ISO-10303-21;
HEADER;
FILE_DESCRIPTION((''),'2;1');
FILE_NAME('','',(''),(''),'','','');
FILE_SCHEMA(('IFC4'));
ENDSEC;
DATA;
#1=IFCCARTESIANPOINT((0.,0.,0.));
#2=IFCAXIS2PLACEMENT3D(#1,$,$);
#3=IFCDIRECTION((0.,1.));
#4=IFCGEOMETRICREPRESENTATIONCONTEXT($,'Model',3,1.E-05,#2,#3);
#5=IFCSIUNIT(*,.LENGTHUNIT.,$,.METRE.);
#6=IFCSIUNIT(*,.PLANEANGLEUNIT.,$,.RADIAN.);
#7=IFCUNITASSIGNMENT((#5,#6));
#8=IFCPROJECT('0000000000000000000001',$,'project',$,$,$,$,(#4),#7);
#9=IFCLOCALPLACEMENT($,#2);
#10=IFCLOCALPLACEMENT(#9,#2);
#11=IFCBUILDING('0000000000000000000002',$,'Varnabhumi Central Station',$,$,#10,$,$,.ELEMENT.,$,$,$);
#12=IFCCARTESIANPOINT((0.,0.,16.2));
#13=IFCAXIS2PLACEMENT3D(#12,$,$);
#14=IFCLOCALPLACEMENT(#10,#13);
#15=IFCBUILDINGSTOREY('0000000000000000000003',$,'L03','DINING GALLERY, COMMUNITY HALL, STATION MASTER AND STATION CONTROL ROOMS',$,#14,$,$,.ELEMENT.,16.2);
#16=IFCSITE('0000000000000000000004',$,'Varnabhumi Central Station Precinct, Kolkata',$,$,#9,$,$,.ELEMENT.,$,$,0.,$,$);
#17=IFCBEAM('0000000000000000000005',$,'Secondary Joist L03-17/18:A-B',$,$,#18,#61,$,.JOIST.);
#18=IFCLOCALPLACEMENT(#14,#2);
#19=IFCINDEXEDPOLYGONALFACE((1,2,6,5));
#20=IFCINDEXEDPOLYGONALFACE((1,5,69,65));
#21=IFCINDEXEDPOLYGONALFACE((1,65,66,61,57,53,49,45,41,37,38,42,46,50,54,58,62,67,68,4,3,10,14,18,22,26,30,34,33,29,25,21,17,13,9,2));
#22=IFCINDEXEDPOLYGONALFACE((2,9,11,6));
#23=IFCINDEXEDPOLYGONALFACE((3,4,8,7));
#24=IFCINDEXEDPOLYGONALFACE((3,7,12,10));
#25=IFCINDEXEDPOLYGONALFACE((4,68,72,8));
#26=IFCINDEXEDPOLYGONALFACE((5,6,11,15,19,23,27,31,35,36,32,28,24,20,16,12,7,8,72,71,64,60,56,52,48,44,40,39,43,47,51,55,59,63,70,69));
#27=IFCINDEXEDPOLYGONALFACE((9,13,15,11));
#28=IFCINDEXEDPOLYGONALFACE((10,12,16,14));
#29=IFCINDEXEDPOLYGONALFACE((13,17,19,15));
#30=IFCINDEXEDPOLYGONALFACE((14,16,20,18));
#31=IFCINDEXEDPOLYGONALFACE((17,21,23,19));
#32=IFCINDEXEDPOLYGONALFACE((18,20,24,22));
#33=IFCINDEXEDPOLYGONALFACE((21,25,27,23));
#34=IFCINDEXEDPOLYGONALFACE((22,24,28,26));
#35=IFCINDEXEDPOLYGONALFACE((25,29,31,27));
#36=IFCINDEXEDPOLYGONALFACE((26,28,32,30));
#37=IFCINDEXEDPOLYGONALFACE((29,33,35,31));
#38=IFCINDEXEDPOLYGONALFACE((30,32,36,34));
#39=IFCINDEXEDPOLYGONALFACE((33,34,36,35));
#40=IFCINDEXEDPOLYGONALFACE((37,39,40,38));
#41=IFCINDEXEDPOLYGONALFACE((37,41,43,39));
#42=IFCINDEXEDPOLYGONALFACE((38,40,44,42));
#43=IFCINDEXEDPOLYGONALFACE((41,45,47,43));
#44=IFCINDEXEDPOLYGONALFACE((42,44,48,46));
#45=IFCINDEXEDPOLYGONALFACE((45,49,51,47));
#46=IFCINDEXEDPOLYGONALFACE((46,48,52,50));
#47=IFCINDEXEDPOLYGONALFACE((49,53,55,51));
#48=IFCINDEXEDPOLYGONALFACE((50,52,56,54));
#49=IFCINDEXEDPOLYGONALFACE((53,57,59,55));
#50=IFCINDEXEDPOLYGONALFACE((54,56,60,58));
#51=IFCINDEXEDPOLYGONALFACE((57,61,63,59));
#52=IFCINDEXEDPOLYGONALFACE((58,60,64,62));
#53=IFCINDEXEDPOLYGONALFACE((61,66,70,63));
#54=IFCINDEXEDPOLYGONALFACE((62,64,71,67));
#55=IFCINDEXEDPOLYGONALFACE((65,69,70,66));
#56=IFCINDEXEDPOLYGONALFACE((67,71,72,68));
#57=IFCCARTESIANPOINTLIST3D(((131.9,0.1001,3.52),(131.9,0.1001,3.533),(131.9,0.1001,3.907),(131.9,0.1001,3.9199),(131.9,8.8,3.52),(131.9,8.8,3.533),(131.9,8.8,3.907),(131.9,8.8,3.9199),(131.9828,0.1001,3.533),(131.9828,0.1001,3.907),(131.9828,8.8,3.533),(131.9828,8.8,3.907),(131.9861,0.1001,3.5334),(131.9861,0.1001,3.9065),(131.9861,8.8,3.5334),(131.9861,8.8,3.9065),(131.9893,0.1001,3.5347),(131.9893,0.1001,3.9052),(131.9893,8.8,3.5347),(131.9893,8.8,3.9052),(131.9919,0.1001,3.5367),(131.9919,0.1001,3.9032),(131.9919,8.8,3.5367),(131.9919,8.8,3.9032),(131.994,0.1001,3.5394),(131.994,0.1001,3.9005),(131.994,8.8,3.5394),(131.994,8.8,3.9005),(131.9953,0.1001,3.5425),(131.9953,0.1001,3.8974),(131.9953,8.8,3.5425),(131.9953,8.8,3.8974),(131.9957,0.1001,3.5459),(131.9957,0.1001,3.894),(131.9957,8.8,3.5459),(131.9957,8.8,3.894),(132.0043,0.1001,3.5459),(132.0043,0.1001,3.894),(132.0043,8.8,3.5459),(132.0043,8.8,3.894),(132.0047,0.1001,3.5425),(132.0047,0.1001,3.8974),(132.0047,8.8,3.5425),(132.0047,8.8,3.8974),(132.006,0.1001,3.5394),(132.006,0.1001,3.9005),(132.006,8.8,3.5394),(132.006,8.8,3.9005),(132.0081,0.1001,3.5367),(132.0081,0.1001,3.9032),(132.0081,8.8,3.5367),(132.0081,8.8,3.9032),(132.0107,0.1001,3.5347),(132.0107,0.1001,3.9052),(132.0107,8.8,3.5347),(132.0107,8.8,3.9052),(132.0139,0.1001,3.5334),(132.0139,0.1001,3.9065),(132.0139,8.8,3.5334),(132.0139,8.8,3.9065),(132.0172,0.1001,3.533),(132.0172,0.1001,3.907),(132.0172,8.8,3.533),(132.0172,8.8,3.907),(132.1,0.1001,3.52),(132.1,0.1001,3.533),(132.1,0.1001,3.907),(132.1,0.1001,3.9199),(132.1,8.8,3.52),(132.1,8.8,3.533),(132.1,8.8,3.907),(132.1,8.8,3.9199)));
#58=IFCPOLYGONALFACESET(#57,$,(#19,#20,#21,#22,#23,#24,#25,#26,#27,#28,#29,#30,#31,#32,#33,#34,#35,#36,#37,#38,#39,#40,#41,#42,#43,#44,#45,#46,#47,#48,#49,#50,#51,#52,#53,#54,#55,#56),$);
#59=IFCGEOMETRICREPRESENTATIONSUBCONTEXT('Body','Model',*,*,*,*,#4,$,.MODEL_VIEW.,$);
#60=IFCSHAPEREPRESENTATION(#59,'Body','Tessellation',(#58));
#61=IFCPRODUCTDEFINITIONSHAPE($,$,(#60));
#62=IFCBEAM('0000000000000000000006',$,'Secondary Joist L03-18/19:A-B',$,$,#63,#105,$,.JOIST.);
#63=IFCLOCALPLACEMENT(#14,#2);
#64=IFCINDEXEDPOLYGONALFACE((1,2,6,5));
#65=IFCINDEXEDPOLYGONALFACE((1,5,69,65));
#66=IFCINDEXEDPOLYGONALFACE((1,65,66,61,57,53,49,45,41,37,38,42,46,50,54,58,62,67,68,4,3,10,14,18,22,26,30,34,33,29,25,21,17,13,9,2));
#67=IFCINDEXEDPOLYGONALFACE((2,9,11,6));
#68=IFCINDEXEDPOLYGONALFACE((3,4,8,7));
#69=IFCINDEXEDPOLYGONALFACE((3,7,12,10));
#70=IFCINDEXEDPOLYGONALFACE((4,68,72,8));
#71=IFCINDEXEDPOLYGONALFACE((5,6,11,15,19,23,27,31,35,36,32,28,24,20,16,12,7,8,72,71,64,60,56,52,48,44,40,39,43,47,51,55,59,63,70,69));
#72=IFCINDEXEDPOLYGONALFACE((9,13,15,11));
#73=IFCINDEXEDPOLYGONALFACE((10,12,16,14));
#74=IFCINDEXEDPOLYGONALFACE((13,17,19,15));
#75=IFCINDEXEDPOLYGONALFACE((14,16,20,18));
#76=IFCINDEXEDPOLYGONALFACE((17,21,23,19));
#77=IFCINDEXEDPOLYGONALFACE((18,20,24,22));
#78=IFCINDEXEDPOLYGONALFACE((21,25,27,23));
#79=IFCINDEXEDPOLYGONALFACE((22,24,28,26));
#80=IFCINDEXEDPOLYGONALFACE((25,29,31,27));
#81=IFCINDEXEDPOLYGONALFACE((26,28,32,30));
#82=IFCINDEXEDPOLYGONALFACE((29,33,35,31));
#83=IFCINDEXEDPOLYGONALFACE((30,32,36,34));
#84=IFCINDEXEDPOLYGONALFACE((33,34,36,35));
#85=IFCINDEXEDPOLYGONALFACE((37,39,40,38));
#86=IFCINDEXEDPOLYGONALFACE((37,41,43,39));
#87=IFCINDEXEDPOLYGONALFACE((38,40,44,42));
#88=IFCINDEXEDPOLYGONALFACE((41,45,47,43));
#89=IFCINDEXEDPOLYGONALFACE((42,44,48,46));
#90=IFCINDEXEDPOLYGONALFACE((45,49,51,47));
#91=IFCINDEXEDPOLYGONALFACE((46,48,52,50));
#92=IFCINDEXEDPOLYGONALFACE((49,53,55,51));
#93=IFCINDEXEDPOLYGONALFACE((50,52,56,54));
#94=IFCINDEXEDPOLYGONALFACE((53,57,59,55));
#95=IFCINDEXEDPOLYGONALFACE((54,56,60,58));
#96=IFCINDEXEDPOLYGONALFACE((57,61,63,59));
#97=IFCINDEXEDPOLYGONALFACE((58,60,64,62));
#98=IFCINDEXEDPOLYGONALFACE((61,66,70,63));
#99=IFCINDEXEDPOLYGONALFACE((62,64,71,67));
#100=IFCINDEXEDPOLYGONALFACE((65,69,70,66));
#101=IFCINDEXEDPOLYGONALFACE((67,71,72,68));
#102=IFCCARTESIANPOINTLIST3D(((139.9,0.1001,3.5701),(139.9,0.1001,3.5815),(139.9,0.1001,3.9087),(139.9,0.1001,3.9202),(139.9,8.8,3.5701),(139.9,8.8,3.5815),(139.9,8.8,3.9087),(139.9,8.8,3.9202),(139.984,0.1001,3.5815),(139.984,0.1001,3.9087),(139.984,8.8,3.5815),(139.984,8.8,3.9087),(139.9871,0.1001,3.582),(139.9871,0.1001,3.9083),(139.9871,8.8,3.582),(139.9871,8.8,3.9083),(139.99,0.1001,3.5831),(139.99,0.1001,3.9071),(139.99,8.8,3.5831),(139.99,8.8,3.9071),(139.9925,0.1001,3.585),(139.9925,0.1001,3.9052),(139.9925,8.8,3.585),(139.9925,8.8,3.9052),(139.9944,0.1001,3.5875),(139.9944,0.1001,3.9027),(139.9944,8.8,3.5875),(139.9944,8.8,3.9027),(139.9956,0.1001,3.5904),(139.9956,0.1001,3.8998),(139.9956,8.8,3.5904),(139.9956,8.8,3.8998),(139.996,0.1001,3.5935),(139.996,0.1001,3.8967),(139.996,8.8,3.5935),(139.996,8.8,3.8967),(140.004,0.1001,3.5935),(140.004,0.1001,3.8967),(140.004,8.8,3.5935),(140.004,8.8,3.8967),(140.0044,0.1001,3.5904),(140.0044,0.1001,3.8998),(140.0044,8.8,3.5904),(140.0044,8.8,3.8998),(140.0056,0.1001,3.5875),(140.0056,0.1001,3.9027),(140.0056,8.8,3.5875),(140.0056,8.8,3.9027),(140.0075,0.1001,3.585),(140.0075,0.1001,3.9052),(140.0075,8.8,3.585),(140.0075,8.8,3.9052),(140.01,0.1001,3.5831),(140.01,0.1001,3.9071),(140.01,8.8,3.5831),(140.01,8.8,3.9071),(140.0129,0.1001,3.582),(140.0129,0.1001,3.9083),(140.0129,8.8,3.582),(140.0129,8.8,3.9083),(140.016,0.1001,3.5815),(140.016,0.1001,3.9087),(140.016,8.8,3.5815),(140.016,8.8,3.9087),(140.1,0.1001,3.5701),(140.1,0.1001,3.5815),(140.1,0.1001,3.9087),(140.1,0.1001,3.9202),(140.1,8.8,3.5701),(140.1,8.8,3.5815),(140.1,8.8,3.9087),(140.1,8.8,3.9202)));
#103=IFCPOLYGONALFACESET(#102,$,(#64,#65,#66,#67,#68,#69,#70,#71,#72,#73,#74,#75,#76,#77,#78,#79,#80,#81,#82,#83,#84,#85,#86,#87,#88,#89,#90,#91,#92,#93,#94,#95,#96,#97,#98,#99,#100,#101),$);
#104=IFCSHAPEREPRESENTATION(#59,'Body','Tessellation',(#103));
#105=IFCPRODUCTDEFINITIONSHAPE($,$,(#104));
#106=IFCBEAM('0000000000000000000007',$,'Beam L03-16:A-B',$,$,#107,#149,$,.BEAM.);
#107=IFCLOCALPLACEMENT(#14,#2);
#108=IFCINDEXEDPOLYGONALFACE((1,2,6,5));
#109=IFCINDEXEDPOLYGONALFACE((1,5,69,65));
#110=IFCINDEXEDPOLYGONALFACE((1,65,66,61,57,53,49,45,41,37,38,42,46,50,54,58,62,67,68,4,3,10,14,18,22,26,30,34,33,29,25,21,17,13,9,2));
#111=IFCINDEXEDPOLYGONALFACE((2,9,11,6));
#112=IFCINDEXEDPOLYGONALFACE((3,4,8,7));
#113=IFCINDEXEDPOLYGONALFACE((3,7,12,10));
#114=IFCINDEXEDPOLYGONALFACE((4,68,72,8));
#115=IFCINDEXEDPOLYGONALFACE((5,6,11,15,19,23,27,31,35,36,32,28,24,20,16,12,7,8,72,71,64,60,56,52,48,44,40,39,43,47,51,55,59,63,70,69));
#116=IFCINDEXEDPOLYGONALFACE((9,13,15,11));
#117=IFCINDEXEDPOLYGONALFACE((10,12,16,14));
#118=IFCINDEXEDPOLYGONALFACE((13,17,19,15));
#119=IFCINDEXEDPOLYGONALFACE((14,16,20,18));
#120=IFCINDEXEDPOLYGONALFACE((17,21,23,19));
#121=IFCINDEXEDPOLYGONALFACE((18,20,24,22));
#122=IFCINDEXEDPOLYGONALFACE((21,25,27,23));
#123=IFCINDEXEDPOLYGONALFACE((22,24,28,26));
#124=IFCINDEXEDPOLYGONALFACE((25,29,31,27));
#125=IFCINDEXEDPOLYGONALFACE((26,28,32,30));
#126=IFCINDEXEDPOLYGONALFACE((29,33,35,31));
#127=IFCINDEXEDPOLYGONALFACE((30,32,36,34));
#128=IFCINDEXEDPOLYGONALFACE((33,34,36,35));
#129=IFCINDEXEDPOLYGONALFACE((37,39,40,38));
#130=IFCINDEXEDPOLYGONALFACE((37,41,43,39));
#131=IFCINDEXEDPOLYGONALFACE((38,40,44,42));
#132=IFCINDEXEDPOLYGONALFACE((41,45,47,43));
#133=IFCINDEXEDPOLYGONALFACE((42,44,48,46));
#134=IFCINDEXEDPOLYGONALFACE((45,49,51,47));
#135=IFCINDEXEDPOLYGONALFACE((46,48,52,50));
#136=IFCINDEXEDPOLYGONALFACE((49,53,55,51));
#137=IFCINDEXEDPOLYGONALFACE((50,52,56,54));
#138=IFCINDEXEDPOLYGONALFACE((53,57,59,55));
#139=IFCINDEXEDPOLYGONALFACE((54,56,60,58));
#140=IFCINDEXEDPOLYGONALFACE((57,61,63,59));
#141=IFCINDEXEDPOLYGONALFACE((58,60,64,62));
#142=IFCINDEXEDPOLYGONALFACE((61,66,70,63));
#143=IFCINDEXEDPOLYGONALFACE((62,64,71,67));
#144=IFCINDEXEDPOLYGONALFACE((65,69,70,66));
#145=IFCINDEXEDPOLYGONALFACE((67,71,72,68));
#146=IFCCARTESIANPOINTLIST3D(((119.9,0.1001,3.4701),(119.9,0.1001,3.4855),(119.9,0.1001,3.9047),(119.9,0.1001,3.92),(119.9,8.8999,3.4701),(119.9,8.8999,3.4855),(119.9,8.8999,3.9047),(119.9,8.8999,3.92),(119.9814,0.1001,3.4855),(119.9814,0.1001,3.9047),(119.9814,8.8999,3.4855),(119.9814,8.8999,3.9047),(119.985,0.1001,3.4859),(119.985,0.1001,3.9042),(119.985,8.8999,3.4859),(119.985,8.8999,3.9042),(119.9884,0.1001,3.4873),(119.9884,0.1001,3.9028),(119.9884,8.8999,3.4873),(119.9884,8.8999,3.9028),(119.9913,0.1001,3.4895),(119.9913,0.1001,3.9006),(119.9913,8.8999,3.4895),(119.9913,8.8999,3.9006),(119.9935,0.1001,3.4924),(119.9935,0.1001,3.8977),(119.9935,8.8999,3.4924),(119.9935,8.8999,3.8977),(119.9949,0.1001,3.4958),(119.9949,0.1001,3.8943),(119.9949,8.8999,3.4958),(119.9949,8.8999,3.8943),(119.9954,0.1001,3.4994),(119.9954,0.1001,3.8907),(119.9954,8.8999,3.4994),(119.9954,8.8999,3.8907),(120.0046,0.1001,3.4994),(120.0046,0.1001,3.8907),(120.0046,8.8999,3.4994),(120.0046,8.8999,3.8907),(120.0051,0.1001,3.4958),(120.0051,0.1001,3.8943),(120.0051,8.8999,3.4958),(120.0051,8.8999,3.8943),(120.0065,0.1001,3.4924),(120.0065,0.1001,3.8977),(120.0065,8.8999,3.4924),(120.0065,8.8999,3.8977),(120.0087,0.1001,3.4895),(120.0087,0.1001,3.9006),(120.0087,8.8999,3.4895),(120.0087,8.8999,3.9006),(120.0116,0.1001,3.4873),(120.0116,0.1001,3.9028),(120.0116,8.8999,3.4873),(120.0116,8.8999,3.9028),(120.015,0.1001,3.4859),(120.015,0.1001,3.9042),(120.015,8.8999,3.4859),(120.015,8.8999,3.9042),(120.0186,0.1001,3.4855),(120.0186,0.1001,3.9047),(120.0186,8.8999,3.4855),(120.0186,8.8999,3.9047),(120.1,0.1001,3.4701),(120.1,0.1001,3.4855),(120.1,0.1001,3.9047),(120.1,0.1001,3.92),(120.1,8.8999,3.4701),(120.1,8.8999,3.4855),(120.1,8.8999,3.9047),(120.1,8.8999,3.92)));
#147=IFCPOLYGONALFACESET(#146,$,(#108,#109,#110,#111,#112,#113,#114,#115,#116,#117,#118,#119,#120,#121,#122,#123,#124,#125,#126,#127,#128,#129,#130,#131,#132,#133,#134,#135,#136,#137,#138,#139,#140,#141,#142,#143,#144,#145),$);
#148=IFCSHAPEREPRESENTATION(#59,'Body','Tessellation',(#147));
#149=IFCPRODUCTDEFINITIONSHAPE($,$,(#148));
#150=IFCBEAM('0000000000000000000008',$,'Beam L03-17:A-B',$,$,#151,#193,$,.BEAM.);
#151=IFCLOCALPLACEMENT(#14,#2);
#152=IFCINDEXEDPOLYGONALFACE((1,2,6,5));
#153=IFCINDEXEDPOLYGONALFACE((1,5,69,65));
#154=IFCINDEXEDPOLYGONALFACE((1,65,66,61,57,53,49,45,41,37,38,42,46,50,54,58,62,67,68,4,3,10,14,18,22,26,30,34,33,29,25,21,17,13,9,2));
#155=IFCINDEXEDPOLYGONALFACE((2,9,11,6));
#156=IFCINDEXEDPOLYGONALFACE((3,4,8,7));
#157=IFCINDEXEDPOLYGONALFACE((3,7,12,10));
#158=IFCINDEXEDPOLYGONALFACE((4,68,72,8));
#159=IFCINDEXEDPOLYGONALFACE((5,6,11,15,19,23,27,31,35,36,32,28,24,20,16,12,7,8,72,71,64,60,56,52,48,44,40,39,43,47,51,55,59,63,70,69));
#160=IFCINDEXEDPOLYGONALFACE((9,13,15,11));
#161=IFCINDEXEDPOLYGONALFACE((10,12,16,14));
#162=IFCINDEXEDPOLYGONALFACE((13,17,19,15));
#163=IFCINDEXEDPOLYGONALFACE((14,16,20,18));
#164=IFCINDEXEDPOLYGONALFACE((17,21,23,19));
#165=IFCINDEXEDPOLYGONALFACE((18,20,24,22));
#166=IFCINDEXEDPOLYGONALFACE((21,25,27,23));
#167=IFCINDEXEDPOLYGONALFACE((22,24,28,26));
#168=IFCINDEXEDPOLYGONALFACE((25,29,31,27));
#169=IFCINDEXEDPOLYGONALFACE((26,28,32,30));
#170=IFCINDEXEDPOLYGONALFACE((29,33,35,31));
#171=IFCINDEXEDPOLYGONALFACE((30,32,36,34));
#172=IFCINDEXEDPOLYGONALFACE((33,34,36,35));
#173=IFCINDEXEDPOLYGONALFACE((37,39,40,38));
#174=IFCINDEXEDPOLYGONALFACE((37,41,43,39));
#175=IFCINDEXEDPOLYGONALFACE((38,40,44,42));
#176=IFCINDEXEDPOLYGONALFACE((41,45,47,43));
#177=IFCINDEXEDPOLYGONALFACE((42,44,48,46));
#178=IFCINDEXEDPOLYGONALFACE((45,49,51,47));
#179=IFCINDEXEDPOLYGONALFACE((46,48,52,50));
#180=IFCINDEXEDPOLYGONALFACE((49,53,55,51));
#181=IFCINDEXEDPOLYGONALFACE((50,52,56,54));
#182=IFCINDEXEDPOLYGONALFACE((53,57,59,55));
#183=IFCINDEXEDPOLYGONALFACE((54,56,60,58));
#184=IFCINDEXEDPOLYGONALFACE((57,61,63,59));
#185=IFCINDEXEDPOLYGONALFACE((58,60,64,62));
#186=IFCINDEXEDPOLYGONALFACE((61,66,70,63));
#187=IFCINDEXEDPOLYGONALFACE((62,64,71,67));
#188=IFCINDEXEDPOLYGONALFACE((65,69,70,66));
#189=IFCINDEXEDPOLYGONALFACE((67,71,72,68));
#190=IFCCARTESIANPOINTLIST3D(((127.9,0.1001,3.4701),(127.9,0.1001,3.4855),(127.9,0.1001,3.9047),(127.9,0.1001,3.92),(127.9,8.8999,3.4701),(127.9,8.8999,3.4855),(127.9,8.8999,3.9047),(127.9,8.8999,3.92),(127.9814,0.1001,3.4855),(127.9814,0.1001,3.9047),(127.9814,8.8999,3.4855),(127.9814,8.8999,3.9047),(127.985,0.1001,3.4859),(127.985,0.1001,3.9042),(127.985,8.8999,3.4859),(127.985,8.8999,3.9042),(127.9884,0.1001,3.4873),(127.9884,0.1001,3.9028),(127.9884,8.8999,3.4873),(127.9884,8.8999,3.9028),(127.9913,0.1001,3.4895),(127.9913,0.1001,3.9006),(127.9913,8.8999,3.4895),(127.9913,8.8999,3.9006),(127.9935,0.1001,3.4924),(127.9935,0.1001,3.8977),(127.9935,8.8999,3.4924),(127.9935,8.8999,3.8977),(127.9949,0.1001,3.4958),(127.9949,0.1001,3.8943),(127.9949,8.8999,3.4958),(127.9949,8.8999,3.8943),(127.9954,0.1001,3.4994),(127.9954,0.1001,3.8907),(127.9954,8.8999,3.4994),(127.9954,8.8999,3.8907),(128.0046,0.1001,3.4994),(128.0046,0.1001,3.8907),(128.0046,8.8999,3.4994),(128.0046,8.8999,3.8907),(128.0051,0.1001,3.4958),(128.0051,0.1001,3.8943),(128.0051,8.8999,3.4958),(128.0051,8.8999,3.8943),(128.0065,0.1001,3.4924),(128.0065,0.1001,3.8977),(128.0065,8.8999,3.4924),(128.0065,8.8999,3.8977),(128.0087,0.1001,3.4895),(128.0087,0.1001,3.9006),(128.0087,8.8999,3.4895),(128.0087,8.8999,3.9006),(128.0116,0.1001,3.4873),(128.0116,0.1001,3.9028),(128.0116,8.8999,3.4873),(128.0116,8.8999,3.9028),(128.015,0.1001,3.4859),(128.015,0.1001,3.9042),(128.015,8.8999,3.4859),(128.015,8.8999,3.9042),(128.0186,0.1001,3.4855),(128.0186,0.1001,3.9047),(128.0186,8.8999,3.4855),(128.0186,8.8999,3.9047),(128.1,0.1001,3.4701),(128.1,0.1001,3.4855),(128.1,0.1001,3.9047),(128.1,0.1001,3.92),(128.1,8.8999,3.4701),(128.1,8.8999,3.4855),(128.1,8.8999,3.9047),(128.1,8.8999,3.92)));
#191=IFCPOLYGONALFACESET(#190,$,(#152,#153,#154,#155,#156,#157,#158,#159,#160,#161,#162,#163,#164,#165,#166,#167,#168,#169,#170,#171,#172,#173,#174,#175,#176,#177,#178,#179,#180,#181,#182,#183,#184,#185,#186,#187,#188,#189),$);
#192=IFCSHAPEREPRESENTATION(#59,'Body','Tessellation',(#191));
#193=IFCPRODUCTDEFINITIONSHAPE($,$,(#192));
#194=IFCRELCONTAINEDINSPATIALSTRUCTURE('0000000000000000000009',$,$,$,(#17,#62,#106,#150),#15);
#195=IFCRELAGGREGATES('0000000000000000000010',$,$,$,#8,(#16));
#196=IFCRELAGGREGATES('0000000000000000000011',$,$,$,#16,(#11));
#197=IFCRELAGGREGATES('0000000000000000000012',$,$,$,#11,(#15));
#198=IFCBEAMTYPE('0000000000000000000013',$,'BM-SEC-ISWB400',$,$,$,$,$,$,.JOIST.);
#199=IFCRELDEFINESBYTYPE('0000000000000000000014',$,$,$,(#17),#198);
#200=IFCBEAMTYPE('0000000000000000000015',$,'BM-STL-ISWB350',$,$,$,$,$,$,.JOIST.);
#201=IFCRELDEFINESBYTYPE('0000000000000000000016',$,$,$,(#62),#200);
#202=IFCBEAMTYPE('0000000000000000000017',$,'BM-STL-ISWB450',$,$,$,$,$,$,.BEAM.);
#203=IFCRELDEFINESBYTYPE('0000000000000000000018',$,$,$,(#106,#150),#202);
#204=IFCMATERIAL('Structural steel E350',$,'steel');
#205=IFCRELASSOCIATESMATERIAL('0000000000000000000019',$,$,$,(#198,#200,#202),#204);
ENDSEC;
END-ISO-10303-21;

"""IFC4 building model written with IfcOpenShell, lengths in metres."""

from ifc_helpers import new_model, si_unit, direction, frame, origin, origin_2d, place, context, subcontext, project, spatial, i_section, extrude, material, material_profile, profile_set, type_object, element, save


model = new_model("IFC4")

# Units and contexts
model_context = context("Model", 3, precision=1e-05, world=origin(), true_north=direction((0.0, 1.0)))
body_context = subcontext(model_context, "Body", "Model", "MODEL_VIEW")
ifc_project = project(units=[si_unit("LENGTHUNIT", "METRE"), si_unit("PLANEANGLEUNIT", "RADIAN")], contexts=[model_context])

# Site, building, storey
site_placement = place(None, origin())
site = spatial("IfcSite", under=ifc_project, at=site_placement, Name="Varnabhumi Central Station Precinct, Kolkata", CompositionType="ELEMENT", RefElevation=0.0)
building_placement = place(site_placement, origin())
building = spatial("IfcBuilding", under=site, at=building_placement, Name="Varnabhumi Central Station", CompositionType="ELEMENT")
storey_placement = place(building_placement, frame((0.0, 0.0, 16.2)))
storey = spatial("IfcBuildingStorey", under=building, at=storey_placement, Name="L03", Description="DINING GALLERY, COMMUNITY HALL, STATION MASTER AND STATION CONTROL ROOMS", CompositionType="ELEMENT", Elevation=16.2)

# Beams
ifc_material_1 = material(Name="Structural steel E350", Category="steel")
ifc_material_profile_1 = material_profile(ifc_material_1, i_section(OverallWidth=0.2, OverallDepth=0.3999, WebThickness=0.0085, FlangeThickness=0.0129, FilletRadius=0.0129, at=origin_2d()), Name="Structural steel E350", Category="steel")
ifc_profile_set_1 = profile_set([ifc_material_profile_1], Name="Structural steel E350")
beam_type_1 = type_object("IfcBeamType", Name="BM-SEC-ISWB400", PredefinedType="JOIST", material=ifc_profile_set_1)
beam_1_placement = place(storey_placement, frame((132.0, 0.1001, 3.72), z_axis=(0.0, 1.0, 0.0), x_axis=(-1.0, 0.0, 0.0)))
element("IfcBeam", 1, at=beam_1_placement, inside=storey, type_object=beam_type_1, Name="Secondary Joist L03-17/18:A-B", PredefinedType="JOIST", context=body_context, shape_type="SweptSolid", body=[
    extrude(i_section(OverallWidth=0.2, OverallDepth=0.3999, WebThickness=0.0085, FlangeThickness=0.0129, FilletRadius=0.0129, at=origin_2d()), origin(), (0.0, 0.0, 1.0), 8.7),
])
ifc_material_profile_2 = material_profile(ifc_material_1, i_section(OverallWidth=0.2, OverallDepth=0.3501, WebThickness=0.0081, FlangeThickness=0.0115, FilletRadius=0.012, at=origin_2d()), Name="Structural steel E350", Category="steel")
ifc_profile_set_2 = profile_set([ifc_material_profile_2], Name="Structural steel E350")
beam_type_2 = type_object("IfcBeamType", Name="BM-STL-ISWB350", PredefinedType="JOIST", material=ifc_profile_set_2)
beam_2_placement = place(storey_placement, frame((140.0, 0.1001, 3.7451), z_axis=(0.0, 1.0, 0.0), x_axis=(-1.0, 0.0, 0.0)))
element("IfcBeam", 2, at=beam_2_placement, inside=storey, type_object=beam_type_2, Name="Secondary Joist L03-18/19:A-B", PredefinedType="JOIST", context=body_context, shape_type="SweptSolid", body=[
    extrude(i_section(OverallWidth=0.2, OverallDepth=0.3501, WebThickness=0.0081, FlangeThickness=0.0115, FilletRadius=0.012, at=origin_2d()), origin(), (0.0, 0.0, 1.0), 8.7),
])
ifc_material_profile_3 = material_profile(ifc_material_1, i_section(OverallWidth=0.2, OverallDepth=0.45, WebThickness=0.0093, FlangeThickness=0.0154, FilletRadius=0.0139, at=origin_2d()), Name="Structural steel E350", Category="steel")
ifc_profile_set_3 = profile_set([ifc_material_profile_3], Name="Structural steel E350")
beam_type_3 = type_object("IfcBeamType", Name="BM-STL-ISWB450", PredefinedType="BEAM", material=ifc_profile_set_3)
for number, where, z_axis, x_axis, name in (
    (3, (120.0, 0.1001, 3.6951), (0.0, 1.0, 0.0), (-1.0, 0.0, 0.0), "Beam L03-16:A-B"),
    (4, (128.0, 0.1001, 3.6951), (0.0, 1.0, 0.0), (-1.0, 0.0, 0.0), "Beam L03-17:A-B"),
):
    element("IfcBeam", number, at=place(storey_placement, frame(where, z_axis=z_axis, x_axis=x_axis)), inside=storey, type_object=beam_type_3, Name=name, PredefinedType="BEAM", context=body_context, shape_type="SweptSolid", body=[
        extrude(i_section(OverallWidth=0.2, OverallDepth=0.45, WebThickness=0.0093, FlangeThickness=0.0154, FilletRadius=0.0139, at=origin_2d()), origin(), (0.0, 0.0, 1.0), 8.7998),
    ])

save(model, "model.ifc")
